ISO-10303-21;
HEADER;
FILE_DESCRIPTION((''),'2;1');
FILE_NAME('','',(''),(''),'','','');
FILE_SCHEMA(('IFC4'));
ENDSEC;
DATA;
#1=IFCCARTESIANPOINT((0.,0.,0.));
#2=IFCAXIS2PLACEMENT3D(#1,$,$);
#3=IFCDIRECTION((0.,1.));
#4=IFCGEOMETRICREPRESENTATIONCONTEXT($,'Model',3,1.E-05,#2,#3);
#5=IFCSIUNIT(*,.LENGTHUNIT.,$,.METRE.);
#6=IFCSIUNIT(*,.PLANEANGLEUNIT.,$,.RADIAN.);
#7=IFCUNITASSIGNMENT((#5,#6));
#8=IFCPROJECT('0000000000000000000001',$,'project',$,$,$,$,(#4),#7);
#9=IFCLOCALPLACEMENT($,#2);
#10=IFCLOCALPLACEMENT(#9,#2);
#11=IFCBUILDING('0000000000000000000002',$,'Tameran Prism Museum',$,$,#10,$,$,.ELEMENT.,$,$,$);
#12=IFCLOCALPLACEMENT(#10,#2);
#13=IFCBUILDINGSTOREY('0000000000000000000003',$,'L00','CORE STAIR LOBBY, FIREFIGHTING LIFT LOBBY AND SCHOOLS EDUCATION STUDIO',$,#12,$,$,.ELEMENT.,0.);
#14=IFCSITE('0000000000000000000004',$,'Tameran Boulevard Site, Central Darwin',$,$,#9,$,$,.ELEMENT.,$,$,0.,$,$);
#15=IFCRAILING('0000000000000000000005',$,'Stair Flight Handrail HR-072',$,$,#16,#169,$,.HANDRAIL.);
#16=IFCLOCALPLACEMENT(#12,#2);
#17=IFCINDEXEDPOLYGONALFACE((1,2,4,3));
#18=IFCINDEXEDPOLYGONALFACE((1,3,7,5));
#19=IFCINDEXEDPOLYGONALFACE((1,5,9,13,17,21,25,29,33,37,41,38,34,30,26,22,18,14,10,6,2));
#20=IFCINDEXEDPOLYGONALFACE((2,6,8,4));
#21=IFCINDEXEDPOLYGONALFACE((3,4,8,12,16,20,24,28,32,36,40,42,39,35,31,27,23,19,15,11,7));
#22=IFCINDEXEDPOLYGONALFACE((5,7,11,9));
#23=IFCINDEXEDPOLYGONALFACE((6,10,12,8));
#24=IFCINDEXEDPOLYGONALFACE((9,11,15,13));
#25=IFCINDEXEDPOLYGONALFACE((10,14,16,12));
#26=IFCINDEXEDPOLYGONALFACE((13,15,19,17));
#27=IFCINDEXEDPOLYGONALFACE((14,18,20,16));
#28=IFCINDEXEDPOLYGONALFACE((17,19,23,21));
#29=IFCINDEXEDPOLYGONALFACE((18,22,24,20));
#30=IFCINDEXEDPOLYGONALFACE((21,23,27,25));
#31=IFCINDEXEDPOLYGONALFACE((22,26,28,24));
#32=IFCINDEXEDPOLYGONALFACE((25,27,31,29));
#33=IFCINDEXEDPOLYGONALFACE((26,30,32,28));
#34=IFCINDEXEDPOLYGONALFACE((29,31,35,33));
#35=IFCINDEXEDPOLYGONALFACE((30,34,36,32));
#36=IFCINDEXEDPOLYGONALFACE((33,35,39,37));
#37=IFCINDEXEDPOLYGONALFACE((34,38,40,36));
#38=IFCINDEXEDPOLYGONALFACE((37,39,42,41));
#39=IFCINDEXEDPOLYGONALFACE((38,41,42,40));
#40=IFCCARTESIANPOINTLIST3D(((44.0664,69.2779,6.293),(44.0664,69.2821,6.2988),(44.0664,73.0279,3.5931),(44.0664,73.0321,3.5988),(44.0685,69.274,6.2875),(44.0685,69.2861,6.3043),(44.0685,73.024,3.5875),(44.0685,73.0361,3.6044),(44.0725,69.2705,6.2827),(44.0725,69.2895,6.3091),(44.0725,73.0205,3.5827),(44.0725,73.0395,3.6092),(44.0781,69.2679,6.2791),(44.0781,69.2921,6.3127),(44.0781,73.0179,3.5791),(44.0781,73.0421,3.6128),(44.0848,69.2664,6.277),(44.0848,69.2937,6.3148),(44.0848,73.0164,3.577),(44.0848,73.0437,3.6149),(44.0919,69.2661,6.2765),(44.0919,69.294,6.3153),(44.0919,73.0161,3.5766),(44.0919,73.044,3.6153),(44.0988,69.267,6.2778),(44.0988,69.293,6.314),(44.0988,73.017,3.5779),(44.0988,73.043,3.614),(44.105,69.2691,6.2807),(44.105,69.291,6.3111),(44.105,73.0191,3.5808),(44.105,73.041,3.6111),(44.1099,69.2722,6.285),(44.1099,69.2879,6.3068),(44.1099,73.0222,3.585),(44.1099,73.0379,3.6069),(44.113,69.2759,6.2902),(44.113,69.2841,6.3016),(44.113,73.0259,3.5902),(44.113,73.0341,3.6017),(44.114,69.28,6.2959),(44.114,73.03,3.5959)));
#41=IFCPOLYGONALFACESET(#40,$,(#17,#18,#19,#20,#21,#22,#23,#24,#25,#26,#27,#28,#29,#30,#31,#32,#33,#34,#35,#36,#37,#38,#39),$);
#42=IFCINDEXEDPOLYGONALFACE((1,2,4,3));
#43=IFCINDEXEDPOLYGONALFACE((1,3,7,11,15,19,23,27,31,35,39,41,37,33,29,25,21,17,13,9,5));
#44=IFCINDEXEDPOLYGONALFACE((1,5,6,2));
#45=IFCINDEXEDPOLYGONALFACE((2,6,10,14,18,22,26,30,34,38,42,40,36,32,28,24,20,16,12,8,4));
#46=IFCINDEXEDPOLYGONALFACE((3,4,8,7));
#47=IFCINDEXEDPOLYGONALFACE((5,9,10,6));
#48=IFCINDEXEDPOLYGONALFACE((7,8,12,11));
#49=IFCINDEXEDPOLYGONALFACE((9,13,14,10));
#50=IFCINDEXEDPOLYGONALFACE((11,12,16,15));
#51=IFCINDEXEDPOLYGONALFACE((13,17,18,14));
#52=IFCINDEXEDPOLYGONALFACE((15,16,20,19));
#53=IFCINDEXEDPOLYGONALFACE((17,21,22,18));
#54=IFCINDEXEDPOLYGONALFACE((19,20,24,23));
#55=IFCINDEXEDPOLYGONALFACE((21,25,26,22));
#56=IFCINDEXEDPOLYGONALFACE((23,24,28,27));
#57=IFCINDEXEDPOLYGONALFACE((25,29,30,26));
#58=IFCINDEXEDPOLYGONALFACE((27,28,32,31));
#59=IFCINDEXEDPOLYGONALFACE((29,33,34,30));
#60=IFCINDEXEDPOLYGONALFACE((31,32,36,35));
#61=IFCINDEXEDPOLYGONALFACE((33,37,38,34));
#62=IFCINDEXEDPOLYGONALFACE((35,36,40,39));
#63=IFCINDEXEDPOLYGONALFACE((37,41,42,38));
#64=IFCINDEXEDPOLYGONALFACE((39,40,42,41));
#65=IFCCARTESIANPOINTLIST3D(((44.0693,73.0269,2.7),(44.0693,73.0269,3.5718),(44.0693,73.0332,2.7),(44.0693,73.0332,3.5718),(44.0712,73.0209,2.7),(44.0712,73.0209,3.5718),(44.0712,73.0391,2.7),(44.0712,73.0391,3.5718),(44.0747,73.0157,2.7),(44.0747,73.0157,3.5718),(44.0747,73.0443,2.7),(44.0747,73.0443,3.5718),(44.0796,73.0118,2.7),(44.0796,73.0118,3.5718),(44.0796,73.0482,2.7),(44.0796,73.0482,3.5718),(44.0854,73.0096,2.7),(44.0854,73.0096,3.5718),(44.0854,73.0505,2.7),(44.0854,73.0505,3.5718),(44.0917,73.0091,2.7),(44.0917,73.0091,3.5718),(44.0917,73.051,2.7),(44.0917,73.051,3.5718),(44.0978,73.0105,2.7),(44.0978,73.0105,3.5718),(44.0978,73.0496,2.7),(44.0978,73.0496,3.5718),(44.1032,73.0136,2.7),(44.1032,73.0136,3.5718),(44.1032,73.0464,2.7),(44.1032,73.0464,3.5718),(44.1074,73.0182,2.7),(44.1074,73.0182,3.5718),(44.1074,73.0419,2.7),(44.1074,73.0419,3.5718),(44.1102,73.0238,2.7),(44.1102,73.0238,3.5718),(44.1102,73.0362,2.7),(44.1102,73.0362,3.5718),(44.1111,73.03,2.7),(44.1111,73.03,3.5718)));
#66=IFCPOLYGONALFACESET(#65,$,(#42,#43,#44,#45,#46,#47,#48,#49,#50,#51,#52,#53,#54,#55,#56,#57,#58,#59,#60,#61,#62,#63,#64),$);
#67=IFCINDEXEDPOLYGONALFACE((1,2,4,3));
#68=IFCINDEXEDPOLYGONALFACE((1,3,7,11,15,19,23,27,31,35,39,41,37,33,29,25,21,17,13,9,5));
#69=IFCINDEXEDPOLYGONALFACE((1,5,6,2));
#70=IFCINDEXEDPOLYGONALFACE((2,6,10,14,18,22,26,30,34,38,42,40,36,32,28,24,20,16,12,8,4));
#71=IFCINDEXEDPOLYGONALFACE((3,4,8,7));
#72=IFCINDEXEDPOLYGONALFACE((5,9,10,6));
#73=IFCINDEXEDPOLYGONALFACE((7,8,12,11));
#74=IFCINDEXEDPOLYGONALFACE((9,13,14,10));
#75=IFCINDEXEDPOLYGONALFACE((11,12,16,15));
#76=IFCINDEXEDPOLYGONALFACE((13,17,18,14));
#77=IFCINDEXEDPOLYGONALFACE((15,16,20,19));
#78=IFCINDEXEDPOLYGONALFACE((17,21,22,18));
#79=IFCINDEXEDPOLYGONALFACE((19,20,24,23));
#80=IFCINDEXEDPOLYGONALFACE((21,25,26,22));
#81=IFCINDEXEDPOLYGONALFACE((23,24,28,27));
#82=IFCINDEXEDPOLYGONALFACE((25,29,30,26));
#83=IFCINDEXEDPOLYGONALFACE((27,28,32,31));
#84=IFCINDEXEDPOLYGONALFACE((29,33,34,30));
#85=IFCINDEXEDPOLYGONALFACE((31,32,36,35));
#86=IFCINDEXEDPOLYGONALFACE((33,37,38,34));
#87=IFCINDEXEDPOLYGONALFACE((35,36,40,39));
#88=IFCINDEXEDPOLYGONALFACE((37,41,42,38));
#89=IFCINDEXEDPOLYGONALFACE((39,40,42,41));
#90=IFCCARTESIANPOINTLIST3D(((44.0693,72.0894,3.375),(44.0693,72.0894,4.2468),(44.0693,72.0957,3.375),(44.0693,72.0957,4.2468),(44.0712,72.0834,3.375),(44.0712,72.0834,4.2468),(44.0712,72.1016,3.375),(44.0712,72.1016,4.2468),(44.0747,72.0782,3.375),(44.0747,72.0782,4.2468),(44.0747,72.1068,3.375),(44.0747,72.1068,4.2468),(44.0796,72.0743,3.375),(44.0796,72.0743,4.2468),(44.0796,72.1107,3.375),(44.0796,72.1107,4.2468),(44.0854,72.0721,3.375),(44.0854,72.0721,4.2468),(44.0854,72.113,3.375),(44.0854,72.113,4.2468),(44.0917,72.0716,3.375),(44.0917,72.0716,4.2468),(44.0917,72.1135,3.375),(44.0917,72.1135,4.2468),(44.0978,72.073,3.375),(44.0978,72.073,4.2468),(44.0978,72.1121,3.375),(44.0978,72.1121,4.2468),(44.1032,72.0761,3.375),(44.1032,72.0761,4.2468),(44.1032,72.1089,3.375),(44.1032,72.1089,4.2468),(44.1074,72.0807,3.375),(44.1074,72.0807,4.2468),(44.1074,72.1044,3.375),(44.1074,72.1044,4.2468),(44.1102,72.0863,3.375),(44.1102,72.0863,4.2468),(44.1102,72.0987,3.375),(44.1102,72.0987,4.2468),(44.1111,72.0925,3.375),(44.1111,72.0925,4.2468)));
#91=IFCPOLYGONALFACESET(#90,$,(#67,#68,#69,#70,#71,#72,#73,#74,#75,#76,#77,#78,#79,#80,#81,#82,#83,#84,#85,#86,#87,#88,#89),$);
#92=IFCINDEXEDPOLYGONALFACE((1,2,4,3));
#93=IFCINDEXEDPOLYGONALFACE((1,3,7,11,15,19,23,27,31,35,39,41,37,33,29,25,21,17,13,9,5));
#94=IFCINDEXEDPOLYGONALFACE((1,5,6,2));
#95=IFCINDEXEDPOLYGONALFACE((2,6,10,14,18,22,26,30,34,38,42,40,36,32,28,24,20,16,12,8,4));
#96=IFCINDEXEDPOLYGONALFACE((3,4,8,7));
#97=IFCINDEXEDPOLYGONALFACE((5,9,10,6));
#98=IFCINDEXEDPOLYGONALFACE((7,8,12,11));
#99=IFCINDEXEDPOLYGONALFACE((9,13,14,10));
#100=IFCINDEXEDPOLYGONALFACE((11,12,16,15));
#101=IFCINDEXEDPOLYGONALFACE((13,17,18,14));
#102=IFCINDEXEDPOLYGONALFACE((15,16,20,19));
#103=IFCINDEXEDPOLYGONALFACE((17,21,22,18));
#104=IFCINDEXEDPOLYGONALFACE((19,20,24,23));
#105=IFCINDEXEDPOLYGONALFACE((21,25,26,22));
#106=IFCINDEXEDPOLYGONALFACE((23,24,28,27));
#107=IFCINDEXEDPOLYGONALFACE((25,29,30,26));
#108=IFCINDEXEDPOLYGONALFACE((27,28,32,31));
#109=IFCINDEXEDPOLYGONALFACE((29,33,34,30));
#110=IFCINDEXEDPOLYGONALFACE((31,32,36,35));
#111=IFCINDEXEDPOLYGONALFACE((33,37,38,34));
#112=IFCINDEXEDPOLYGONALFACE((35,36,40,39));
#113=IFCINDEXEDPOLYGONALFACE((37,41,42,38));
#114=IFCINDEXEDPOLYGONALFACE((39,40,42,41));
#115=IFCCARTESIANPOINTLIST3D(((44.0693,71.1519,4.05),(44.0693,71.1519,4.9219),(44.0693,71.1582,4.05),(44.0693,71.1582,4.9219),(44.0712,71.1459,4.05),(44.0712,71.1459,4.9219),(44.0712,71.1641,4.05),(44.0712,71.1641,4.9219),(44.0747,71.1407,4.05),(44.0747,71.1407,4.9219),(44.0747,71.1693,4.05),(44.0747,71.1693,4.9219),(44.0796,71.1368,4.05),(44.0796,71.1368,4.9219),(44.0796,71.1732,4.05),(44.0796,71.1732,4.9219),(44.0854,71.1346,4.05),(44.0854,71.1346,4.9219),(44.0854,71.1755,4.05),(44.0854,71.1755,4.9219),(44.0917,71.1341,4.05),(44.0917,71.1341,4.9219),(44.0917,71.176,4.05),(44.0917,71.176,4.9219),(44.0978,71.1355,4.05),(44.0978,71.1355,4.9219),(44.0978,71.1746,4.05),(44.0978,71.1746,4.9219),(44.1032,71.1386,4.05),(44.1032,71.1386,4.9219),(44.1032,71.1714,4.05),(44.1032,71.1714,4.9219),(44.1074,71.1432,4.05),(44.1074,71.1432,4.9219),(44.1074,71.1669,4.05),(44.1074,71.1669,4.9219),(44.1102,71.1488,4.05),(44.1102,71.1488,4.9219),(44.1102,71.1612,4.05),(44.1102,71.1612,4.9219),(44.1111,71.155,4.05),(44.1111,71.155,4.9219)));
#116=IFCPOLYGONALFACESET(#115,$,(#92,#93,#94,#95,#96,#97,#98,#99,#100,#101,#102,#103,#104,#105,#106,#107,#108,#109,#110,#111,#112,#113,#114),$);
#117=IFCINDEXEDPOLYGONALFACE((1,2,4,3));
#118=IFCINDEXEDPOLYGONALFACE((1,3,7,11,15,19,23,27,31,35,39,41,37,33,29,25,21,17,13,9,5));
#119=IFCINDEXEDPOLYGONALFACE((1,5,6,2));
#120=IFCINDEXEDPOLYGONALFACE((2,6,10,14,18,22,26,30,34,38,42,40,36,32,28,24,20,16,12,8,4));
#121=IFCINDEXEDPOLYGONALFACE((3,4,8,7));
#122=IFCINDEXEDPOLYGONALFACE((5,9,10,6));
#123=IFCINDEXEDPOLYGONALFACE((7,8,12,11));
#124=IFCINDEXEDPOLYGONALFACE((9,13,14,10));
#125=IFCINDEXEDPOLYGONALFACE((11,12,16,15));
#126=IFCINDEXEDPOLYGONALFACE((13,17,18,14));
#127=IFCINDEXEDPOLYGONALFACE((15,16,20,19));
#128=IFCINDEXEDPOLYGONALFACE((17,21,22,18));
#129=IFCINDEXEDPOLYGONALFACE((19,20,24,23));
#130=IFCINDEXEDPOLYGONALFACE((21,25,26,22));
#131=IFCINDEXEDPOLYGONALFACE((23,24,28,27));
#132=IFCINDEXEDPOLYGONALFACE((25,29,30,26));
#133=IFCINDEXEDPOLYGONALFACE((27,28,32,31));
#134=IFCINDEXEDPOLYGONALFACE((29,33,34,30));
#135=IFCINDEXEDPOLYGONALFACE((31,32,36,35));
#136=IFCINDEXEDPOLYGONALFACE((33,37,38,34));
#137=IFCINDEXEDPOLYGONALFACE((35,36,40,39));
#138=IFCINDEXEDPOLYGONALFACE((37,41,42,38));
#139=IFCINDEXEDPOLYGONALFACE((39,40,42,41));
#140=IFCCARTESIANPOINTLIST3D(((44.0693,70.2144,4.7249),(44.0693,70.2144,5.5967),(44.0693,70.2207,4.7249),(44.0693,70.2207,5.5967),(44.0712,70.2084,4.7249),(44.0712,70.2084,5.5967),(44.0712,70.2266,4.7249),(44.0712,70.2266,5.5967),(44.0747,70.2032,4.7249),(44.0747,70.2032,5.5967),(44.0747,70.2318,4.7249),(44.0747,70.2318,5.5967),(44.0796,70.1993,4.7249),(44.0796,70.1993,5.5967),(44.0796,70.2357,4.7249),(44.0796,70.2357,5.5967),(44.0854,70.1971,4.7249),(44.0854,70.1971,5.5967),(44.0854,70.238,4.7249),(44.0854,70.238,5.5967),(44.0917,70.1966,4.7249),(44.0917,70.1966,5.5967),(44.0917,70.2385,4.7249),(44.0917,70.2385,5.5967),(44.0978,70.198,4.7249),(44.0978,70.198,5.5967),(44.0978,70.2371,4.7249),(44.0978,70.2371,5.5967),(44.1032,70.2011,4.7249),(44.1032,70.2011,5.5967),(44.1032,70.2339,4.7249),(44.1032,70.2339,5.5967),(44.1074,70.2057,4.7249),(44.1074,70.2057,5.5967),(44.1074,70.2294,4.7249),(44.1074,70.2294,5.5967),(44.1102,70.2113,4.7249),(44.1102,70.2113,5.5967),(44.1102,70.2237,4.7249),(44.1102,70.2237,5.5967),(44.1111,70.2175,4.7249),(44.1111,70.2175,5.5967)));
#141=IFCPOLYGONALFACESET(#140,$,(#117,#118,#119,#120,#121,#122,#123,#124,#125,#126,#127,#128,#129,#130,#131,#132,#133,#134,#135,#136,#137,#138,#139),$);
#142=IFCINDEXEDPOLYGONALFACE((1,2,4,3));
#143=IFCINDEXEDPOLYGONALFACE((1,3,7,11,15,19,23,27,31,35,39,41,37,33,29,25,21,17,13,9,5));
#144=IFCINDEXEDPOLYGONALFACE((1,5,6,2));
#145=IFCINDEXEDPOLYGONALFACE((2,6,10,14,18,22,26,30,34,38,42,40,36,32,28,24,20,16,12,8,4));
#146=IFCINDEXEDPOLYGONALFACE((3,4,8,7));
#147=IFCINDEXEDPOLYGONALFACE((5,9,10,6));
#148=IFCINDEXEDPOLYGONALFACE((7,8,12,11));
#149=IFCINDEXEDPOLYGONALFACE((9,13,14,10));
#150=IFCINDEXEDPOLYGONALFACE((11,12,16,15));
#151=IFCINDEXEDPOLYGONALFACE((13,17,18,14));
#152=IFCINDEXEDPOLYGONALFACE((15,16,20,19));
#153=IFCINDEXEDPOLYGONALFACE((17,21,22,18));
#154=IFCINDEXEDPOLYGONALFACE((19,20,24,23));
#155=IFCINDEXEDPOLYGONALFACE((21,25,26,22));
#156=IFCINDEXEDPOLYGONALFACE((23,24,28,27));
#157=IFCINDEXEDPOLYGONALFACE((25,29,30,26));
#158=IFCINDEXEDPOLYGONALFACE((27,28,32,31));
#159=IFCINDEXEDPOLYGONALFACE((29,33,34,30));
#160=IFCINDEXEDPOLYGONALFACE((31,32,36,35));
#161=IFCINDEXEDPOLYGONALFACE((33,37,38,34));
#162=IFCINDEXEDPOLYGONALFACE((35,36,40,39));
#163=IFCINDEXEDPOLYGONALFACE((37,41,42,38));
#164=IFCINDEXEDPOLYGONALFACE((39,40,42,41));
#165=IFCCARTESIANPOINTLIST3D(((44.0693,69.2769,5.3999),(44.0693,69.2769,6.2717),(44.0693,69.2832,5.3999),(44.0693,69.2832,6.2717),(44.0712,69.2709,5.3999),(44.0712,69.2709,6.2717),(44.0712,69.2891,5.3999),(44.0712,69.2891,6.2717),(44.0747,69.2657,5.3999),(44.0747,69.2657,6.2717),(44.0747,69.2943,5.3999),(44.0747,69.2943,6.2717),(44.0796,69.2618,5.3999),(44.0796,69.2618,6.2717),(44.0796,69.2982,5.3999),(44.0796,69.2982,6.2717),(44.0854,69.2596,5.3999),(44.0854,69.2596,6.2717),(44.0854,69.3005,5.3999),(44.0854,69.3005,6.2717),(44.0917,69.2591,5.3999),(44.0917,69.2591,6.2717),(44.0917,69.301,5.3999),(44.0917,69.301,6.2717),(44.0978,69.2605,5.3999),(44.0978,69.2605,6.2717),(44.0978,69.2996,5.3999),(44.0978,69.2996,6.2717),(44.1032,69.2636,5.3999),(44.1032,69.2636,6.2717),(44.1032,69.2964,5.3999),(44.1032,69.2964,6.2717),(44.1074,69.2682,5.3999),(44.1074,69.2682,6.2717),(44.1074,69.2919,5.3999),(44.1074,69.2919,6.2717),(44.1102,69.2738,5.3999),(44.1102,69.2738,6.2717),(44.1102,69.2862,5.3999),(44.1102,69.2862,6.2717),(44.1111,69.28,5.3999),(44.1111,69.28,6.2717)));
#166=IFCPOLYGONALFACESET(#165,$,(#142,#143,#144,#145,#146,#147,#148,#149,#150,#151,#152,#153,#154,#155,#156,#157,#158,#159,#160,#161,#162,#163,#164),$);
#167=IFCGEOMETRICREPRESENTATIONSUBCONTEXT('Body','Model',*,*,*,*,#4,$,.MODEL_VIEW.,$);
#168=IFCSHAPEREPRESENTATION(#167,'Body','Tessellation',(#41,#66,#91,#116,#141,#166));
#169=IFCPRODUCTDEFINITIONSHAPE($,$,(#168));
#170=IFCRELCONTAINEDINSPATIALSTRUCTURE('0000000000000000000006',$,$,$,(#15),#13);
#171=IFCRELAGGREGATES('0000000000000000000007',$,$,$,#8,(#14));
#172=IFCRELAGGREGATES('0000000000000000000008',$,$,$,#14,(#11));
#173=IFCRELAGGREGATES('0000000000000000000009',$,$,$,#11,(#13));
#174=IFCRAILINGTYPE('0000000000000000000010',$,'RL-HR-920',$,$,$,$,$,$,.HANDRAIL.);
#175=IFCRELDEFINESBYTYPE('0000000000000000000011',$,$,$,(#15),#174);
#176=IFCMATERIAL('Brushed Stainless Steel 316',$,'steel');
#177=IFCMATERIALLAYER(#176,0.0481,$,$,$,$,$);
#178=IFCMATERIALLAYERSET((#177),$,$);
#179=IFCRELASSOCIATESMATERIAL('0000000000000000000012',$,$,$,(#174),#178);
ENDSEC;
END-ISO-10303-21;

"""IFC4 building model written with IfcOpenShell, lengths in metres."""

from ifc_helpers import new_model, si_unit, direction, frame, origin, origin_2d, place, context, subcontext, project, spatial, circle, extrude, material, layer, layer_set, type_object, element, save


model = new_model("IFC4")

# Units and contexts
model_context = context("Model", 3, precision=1e-05, world=origin(), true_north=direction((0.0, 1.0)))
body_context = subcontext(model_context, "Body", "Model", "MODEL_VIEW")
ifc_project = project(units=[si_unit("LENGTHUNIT", "METRE"), si_unit("PLANEANGLEUNIT", "RADIAN")], contexts=[model_context])

# Site, building, storey
site_placement = place(None, origin())
site = spatial("IfcSite", under=ifc_project, at=site_placement, Name="Tameran Boulevard Site, Central Darwin", CompositionType="ELEMENT", RefElevation=0.0)
building_placement = place(site_placement, origin())
building = spatial("IfcBuilding", under=site, at=building_placement, Name="Tameran Prism Museum", CompositionType="ELEMENT")
storey_placement = place(building_placement, origin())
storey = spatial("IfcBuildingStorey", under=building, at=storey_placement, Name="L00", Description="CORE STAIR LOBBY, FIREFIGHTING LIFT LOBBY AND SCHOOLS EDUCATION STUDIO", CompositionType="ELEMENT", Elevation=0.0)

# Railing
ifc_material_1 = material(Name="Brushed Stainless Steel 316", Category="steel")
ifc_layer_1 = layer(ifc_material_1, 0.0481)
ifc_layer_set_1 = layer_set([ifc_layer_1])
railing_type_1 = type_object("IfcRailingType", Name="RL-HR-920", PredefinedType="HANDRAIL", material=ifc_layer_set_1)
railing_1_placement = place(storey_placement, frame((44.0901, 73.03, 2.7)))
element("IfcRailing", 1, at=railing_1_placement, inside=storey, type_object=railing_type_1, Name="Stair Flight Handrail HR-072", PredefinedType="HANDRAIL", context=body_context, shape_type="SweptSolid", body=[
    extrude(circle(Radius=0.0239, at=origin_2d()), frame((0.0, 0.0, 0.896), z_axis=(0.0, -0.811539, 0.584298), x_axis=(1.0, 0.0, 0.0)), (0.0, 0.0, 1.0), 4.6208),
    extrude(circle(Radius=0.021, at=origin_2d()), origin(), (0.0, 0.0, 1.0), 0.8718),
    extrude(circle(Radius=0.021, at=origin_2d()), frame((0.0, -0.9375, 0.675)), (0.0, 0.0, 1.0), 0.8718),
    extrude(circle(Radius=0.021, at=origin_2d()), frame((0.0, -1.875, 1.3501)), (0.0, 0.0, 1.0), 0.8718),
    extrude(circle(Radius=0.021, at=origin_2d()), frame((0.0, -2.8125, 2.0249)), (0.0, 0.0, 1.0), 0.8718),
    extrude(circle(Radius=0.021, at=origin_2d()), frame((0.0, -3.75, 2.7)), (0.0, 0.0, 1.0), 0.8718),
])

save(model, "model.ifc")
